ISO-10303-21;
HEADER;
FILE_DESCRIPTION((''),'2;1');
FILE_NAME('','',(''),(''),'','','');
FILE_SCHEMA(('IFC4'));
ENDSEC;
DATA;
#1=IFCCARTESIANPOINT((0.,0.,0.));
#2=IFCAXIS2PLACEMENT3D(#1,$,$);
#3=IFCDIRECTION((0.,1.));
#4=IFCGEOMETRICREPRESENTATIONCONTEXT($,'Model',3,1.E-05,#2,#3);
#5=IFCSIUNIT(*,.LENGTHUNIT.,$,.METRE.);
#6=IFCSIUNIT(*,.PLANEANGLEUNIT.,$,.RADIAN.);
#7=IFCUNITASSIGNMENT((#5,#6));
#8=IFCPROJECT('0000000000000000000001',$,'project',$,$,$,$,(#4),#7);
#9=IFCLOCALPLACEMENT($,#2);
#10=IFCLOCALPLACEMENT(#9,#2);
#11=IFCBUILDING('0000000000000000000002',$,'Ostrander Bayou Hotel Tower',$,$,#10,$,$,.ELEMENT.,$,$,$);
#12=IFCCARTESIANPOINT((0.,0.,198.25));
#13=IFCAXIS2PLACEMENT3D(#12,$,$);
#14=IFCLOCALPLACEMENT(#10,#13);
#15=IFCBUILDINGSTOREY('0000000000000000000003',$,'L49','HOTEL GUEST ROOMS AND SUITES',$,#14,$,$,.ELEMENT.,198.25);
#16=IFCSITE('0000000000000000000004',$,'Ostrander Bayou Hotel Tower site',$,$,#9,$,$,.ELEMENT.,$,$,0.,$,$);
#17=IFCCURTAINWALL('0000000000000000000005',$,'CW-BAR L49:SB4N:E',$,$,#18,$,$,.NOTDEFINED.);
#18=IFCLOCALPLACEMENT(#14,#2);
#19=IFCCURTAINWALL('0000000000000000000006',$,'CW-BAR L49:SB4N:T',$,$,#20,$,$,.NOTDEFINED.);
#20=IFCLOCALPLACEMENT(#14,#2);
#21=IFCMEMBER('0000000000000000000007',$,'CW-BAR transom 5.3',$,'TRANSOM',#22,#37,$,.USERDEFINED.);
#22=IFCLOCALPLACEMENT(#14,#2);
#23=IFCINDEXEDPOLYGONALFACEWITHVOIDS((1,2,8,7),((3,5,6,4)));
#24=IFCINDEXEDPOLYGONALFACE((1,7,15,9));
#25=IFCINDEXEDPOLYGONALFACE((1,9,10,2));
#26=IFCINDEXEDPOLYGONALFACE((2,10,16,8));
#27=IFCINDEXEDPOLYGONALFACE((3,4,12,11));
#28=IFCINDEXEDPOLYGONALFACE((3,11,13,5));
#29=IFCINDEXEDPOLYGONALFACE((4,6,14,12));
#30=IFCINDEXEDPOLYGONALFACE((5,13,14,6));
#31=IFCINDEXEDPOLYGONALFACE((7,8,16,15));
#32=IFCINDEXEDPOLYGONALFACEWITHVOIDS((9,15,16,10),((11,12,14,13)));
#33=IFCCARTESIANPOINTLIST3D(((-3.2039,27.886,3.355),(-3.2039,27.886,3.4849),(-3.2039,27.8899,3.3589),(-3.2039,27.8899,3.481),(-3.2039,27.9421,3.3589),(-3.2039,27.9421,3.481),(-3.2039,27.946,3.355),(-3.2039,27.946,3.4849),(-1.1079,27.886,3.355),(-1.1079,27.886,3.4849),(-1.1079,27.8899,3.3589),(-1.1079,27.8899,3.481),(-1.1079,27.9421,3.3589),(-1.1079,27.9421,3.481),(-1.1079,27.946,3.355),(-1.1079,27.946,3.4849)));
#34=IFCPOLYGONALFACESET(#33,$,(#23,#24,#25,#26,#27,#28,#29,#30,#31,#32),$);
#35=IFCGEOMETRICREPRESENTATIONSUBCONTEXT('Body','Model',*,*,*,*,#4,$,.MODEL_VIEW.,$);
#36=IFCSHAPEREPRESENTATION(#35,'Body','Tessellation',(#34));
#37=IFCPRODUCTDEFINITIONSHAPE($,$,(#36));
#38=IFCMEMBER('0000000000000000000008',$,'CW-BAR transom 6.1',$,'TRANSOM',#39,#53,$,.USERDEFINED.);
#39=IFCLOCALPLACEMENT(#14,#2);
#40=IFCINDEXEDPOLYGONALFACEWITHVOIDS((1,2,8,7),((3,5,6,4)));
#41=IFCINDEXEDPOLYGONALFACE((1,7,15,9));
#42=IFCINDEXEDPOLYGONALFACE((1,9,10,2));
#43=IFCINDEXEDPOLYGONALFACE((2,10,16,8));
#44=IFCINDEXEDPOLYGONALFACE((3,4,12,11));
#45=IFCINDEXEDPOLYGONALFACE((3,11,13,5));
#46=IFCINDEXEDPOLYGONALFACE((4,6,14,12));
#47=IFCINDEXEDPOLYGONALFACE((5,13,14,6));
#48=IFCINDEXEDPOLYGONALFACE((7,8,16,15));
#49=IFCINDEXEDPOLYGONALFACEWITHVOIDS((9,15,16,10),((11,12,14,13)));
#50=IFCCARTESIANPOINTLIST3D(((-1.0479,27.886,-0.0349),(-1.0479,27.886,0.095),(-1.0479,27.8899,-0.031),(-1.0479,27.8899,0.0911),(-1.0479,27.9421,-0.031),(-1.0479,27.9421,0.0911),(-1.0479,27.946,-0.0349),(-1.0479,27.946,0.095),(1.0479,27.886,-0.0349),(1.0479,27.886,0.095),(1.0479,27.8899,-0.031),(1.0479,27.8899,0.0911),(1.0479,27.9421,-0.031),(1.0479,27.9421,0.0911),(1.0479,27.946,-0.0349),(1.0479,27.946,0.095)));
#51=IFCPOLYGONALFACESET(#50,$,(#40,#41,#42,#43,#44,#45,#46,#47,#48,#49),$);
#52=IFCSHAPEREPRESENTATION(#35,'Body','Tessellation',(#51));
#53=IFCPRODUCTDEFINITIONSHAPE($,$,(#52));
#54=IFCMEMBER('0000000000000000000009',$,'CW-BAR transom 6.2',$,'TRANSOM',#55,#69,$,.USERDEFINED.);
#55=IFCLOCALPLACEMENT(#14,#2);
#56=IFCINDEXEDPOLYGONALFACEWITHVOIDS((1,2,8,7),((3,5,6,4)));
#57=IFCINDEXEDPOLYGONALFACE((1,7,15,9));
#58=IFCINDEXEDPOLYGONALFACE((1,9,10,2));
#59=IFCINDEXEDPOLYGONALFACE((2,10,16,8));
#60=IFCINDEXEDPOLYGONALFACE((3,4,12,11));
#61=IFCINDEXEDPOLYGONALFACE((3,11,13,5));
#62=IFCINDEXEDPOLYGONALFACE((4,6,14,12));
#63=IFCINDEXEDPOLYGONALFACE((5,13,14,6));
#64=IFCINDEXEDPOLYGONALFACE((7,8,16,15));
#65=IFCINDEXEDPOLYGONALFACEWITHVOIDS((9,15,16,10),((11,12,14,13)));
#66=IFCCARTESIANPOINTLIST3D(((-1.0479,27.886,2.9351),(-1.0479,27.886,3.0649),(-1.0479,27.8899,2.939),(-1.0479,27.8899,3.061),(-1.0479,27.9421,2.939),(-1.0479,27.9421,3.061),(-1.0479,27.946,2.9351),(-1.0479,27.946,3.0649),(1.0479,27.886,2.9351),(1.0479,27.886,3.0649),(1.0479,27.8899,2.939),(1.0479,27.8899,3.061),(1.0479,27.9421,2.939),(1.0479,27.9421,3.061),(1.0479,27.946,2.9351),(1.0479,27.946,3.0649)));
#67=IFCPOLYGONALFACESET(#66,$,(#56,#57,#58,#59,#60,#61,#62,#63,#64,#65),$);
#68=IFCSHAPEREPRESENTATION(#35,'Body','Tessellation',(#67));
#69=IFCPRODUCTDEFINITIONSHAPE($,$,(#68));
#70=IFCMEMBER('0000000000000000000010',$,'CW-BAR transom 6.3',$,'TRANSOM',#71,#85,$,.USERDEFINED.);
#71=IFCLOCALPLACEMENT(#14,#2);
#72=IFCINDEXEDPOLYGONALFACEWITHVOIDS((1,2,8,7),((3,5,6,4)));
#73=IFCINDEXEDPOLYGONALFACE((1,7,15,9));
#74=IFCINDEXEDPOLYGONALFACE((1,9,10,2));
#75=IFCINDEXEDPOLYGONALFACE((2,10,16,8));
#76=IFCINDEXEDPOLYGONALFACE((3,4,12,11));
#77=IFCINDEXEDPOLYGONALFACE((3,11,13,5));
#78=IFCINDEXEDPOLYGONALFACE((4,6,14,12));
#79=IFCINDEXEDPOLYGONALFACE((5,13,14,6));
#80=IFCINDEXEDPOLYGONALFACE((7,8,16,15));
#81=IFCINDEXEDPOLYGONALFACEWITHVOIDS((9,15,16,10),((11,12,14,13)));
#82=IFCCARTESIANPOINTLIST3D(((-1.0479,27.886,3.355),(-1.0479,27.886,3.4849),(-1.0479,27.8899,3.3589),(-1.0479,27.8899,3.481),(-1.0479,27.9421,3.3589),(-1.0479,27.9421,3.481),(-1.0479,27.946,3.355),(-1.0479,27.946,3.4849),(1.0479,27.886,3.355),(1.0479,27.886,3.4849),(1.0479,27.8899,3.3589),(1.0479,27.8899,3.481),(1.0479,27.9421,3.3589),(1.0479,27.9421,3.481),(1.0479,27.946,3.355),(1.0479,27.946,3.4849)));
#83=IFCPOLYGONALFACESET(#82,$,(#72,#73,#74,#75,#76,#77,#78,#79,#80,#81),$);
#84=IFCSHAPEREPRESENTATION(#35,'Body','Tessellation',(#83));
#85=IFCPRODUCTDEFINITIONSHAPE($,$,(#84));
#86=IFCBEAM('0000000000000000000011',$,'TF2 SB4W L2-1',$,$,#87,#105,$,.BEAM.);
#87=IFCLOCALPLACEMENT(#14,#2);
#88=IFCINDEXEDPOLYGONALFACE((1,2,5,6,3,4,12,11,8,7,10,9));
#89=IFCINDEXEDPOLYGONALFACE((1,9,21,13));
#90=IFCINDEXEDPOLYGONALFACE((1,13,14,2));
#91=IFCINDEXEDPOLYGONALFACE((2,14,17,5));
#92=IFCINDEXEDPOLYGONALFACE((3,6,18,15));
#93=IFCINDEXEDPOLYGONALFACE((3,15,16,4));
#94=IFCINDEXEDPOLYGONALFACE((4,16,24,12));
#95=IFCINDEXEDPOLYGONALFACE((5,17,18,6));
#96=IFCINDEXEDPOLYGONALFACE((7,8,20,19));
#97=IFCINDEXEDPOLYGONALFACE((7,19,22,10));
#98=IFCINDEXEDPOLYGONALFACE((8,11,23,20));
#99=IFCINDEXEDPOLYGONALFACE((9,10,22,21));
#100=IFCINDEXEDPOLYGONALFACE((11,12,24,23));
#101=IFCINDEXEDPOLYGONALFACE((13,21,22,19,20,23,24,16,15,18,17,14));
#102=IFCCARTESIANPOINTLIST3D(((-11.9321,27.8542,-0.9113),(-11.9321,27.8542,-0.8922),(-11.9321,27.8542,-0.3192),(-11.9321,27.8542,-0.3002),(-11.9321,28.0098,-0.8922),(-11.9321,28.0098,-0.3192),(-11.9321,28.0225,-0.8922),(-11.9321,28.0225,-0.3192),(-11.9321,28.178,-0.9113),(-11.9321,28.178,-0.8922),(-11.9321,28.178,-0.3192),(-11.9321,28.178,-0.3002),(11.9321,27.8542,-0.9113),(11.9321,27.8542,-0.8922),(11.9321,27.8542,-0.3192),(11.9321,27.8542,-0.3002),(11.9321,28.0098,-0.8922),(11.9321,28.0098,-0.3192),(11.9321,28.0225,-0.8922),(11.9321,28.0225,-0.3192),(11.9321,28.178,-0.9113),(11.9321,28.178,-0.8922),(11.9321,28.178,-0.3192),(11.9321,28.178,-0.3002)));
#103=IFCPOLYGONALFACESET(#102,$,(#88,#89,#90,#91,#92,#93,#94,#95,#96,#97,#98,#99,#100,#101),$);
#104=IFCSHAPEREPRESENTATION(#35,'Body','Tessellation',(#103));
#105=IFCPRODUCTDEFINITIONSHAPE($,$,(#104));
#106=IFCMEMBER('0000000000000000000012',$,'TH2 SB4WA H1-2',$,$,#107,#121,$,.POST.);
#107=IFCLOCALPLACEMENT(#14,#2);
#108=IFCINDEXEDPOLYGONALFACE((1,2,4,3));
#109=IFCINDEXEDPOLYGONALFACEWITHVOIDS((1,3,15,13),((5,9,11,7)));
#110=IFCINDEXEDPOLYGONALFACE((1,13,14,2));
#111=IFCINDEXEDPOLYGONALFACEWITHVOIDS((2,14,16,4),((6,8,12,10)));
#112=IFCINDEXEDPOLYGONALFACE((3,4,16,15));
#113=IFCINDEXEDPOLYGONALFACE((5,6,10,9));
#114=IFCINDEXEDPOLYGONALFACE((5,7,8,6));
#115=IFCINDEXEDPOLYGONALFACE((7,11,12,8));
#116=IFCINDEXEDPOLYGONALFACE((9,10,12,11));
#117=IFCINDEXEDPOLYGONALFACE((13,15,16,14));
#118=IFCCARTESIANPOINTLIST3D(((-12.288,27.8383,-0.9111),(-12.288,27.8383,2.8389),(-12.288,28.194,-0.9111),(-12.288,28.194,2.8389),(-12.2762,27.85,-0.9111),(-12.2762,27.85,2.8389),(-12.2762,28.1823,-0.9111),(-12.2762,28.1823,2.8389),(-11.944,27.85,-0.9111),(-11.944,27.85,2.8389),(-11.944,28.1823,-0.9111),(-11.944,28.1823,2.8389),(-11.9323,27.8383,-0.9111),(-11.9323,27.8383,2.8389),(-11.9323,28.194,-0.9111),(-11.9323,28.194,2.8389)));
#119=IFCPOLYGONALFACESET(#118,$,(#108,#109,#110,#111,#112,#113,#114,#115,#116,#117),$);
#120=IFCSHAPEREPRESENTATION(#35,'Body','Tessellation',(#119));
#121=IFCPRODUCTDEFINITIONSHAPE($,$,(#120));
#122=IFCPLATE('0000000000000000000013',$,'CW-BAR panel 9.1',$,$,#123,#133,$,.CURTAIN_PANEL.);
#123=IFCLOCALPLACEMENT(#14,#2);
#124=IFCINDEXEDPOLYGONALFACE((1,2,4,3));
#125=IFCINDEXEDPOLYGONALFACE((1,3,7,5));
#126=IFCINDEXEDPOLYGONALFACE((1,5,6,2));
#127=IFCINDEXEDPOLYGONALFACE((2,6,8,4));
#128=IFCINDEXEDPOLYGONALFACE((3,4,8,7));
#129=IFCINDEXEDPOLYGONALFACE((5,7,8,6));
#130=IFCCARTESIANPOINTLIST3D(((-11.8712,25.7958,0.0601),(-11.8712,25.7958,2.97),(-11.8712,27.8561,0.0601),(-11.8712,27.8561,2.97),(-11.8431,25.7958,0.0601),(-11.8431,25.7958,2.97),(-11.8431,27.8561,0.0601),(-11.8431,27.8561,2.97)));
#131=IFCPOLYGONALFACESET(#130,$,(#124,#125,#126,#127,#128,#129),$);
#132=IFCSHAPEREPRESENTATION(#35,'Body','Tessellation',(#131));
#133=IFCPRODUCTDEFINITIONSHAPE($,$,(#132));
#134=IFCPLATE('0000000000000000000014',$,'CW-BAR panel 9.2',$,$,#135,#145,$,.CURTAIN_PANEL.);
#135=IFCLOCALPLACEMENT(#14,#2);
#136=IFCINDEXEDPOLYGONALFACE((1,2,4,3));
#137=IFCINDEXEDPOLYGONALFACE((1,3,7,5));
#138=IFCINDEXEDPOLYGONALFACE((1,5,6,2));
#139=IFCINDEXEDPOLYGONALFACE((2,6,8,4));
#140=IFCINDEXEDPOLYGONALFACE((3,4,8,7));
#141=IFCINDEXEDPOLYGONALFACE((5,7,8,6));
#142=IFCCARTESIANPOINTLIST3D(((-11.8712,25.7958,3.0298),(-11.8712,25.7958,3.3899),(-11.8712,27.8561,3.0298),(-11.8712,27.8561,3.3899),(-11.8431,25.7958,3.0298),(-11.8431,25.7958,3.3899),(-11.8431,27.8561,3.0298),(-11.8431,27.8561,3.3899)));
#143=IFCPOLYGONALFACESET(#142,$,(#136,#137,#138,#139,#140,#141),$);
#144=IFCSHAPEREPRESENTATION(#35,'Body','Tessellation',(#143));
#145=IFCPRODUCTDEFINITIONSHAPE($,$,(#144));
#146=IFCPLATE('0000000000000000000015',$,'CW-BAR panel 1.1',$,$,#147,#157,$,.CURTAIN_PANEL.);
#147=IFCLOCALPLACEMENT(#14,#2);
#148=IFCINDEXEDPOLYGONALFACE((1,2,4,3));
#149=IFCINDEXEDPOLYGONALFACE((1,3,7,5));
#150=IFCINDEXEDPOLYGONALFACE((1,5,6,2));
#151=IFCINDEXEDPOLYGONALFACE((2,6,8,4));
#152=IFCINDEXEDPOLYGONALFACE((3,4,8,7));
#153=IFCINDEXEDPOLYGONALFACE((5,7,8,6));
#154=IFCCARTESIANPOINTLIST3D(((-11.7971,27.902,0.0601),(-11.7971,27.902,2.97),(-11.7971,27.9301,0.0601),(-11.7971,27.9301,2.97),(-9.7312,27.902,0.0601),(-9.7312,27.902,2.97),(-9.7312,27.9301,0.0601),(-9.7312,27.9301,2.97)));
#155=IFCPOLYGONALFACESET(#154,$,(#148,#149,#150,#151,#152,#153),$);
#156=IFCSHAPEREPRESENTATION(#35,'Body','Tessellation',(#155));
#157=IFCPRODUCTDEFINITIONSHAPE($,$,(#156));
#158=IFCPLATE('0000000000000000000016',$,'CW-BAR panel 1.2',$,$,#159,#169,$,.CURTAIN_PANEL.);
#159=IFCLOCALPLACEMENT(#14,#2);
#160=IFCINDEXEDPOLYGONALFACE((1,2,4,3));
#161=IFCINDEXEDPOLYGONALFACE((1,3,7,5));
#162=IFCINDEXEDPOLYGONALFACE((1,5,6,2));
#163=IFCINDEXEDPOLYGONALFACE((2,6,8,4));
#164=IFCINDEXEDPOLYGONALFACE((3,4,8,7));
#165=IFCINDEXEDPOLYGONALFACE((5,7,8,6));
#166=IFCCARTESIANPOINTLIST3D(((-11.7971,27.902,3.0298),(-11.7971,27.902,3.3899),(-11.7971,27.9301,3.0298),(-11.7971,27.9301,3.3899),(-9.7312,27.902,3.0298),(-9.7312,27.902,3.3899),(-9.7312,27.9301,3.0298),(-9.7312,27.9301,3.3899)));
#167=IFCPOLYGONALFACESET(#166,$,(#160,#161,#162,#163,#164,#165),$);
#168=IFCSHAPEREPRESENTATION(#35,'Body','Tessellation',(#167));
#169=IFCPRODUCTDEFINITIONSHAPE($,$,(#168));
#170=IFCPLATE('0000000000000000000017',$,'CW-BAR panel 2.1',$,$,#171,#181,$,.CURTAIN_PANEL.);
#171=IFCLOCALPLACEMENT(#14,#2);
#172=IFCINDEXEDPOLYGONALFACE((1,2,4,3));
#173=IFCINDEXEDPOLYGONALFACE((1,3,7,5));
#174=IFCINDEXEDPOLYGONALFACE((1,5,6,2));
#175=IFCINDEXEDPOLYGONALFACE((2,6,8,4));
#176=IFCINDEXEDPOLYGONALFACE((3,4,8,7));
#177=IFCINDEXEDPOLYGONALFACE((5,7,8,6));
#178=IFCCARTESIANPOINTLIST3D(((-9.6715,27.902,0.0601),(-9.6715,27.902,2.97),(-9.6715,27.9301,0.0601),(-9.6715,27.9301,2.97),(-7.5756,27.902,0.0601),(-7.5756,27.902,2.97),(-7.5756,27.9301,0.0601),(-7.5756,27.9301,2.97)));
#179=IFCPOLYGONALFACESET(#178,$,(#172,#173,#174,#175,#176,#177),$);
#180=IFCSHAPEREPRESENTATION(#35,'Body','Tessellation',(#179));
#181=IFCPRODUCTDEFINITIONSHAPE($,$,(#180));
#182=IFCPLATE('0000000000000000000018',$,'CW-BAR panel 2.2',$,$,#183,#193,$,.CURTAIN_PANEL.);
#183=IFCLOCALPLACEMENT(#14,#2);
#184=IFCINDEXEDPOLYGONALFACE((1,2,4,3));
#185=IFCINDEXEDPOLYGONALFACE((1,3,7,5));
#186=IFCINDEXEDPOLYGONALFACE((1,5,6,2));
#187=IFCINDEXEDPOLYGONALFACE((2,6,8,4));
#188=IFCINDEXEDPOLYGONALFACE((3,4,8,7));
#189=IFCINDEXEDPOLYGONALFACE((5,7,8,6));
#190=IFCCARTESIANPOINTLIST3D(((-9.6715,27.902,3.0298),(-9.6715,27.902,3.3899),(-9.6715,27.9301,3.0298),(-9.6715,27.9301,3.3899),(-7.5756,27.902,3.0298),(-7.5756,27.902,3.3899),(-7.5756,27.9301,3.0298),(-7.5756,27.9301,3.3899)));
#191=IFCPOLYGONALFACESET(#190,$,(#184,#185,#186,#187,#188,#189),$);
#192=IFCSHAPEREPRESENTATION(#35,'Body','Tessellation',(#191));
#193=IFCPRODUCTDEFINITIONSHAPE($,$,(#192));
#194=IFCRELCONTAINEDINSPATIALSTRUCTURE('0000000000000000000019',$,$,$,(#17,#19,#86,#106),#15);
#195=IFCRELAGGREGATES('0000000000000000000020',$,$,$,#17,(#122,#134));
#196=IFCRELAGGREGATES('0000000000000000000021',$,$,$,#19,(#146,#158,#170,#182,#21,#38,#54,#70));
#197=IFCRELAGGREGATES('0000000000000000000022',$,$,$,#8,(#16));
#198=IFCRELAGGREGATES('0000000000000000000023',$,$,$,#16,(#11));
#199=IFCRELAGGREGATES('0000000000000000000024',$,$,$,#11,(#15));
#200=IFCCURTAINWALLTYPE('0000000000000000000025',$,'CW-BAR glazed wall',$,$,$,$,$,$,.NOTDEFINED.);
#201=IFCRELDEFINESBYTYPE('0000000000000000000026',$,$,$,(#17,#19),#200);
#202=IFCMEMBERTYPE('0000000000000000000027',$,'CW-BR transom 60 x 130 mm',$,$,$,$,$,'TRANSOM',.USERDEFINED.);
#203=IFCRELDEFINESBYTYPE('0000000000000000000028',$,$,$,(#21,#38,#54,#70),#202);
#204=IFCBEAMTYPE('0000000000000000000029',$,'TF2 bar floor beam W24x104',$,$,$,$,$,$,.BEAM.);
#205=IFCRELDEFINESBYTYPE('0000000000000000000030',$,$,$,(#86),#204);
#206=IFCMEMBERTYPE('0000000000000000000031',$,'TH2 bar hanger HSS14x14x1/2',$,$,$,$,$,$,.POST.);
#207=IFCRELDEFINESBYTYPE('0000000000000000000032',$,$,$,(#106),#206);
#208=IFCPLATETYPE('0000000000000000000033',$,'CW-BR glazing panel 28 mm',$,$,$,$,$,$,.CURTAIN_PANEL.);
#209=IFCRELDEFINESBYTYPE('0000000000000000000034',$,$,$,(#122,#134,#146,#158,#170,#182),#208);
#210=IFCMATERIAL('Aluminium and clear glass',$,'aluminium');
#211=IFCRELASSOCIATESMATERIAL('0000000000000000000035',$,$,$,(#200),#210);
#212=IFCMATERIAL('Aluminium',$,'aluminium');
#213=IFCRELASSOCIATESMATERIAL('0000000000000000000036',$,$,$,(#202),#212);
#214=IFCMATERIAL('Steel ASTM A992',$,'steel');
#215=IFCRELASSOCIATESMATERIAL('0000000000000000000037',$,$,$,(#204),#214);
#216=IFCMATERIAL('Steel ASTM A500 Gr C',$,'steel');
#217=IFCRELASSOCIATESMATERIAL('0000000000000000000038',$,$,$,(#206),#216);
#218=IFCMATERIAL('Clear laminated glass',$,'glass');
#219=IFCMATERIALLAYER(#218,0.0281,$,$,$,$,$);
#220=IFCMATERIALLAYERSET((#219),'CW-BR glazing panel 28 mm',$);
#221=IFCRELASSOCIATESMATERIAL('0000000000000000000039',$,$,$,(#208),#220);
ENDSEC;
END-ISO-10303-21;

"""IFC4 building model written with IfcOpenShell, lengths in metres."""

from ifc_helpers import new_model, si_unit, direction, frame, origin, origin_2d, place, context, subcontext, project, spatial, rectangle, hollow_rectangle, i_section, extrude, material, layer, layer_set, material_profile, profile_set, type_object, element, aggregate, save


model = new_model("IFC4")

# Units and contexts
model_context = context("Model", 3, precision=1e-05, world=origin(), true_north=direction((0.0, 1.0)))
body_context = subcontext(model_context, "Body", "Model", "MODEL_VIEW")
ifc_project = project(units=[si_unit("LENGTHUNIT", "METRE"), si_unit("PLANEANGLEUNIT", "RADIAN")], contexts=[model_context])

# Site, building, storey
site_placement = place(None, origin())
site = spatial("IfcSite", under=ifc_project, at=site_placement, Name="Ostrander Bayou Hotel Tower site", CompositionType="ELEMENT", RefElevation=0.0)
building_placement = place(site_placement, origin())
building = spatial("IfcBuilding", under=site, at=building_placement, Name="Ostrander Bayou Hotel Tower", CompositionType="ELEMENT")
storey_placement = place(building_placement, frame((0.0, 0.0, 198.25)))
storey = spatial("IfcBuildingStorey", under=building, at=storey_placement, Name="L49", Description="HOTEL GUEST ROOMS AND SUITES", CompositionType="ELEMENT", Elevation=198.25)

# Curtain wall
ifc_material_1 = material(Name="Aluminium and clear glass", Category="aluminium")
curtain_wall_type = type_object("IfcCurtainWallType", Name="CW-BAR glazed wall", PredefinedType="NOTDEFINED", material=ifc_material_1)
curtain_wall_1_placement = place(storey_placement, origin())
curtain_wall_1 = element("IfcCurtainWall", 1, at=curtain_wall_1_placement, inside=storey, type_object=curtain_wall_type, Name="CW-BAR L49:SB4N:E", PredefinedType="NOTDEFINED")

# Curtain wall
curtain_wall_2_placement = place(storey_placement, origin())
curtain_wall_2 = element("IfcCurtainWall", 2, at=curtain_wall_2_placement, inside=storey, type_object=curtain_wall_type, Name="CW-BAR L49:SB4N:T", PredefinedType="NOTDEFINED")

# Members
ifc_material_2 = material(Name="Aluminium", Category="aluminium")
ifc_material_profile_1 = material_profile(ifc_material_2, hollow_rectangle(XDim=0.0601, YDim=0.1299, WallThickness=0.0039, at=origin_2d()))
ifc_profile_set_1 = profile_set([ifc_material_profile_1], Name="Aluminium")
member_type_1 = type_object("IfcMemberType", Name="CW-BR transom 60 x 130 mm", ElementType="TRANSOM", PredefinedType="USERDEFINED", material=ifc_profile_set_1)
member_1_placement = place(storey_placement, frame((-3.2039, 27.916, 3.4199), z_axis=(1.0, 0.0, 0.0), x_axis=(0.0, 1.0, 0.0)))
member_1 = element("IfcMember", 3, at=member_1_placement, type_object=member_type_1, Name="CW-BAR transom 5.3", ObjectType="TRANSOM", PredefinedType="USERDEFINED", context=body_context, shape_type="SweptSolid", body=[
    extrude(hollow_rectangle(XDim=0.0601, YDim=0.1299, WallThickness=0.0039, at=origin_2d()), origin(), (0.0, 0.0, 1.0), 2.0959),
])
member_2_placement = place(storey_placement, frame((-1.0479, 27.916, 0.03), z_axis=(1.0, 0.0, 0.0), x_axis=(0.0, 1.0, 0.0)))
member_2 = element("IfcMember", 4, at=member_2_placement, type_object=member_type_1, Name="CW-BAR transom 6.1", ObjectType="TRANSOM", PredefinedType="USERDEFINED", context=body_context, shape_type="SweptSolid", body=[
    extrude(hollow_rectangle(XDim=0.0601, YDim=0.1299, WallThickness=0.0039, at=origin_2d()), origin(), (0.0, 0.0, 1.0), 2.0957),
])
member_3_placement = place(storey_placement, frame((-1.0479, 27.916, 3.0), z_axis=(1.0, 0.0, 0.0), x_axis=(0.0, 1.0, 0.0)))
member_3 = element("IfcMember", 5, at=member_3_placement, type_object=member_type_1, Name="CW-BAR transom 6.2", ObjectType="TRANSOM", PredefinedType="USERDEFINED", context=body_context, shape_type="SweptSolid", body=[
    extrude(hollow_rectangle(XDim=0.0601, YDim=0.1299, WallThickness=0.0039, at=origin_2d()), origin(), (0.0, 0.0, 1.0), 2.0957),
])
member_4_placement = place(storey_placement, frame((-1.0479, 27.916, 3.4199), z_axis=(1.0, 0.0, 0.0), x_axis=(0.0, 1.0, 0.0)))
member_4 = element("IfcMember", 6, at=member_4_placement, type_object=member_type_1, Name="CW-BAR transom 6.3", ObjectType="TRANSOM", PredefinedType="USERDEFINED", context=body_context, shape_type="SweptSolid", body=[
    extrude(hollow_rectangle(XDim=0.0601, YDim=0.1299, WallThickness=0.0039, at=origin_2d()), origin(), (0.0, 0.0, 1.0), 2.0957),
])

# Beam
ifc_material_3 = material(Name="Steel ASTM A992", Category="steel")
ifc_material_profile_2 = material_profile(ifc_material_3, i_section(OverallWidth=0.3237, OverallDepth=0.6111, WebThickness=0.0127, FlangeThickness=0.019, at=origin_2d()))
ifc_profile_set_2 = profile_set([ifc_material_profile_2], Name="Steel ASTM A992")
beam_type = type_object("IfcBeamType", Name="TF2 bar floor beam W24x104", PredefinedType="BEAM", material=ifc_profile_set_2)
beam_placement = place(storey_placement, frame((-11.9321, 28.0161, -0.6057), z_axis=(1.0, 0.0, 0.0), x_axis=(0.0, 1.0, 0.0)))
element("IfcBeam", 7, at=beam_placement, inside=storey, type_object=beam_type, Name="TF2 SB4W L2-1", PredefinedType="BEAM", context=body_context, shape_type="SweptSolid", body=[
    extrude(i_section(OverallWidth=0.3237, OverallDepth=0.6111, WebThickness=0.0127, FlangeThickness=0.019, at=origin_2d()), origin(), (0.0, 0.0, 1.0), 23.8643),
])

# Member
ifc_material_4 = material(Name="Steel ASTM A500 Gr C", Category="steel")
ifc_material_profile_3 = material_profile(ifc_material_4, hollow_rectangle(XDim=0.3557, YDim=0.3557, WallThickness=0.0117, at=origin_2d()))
ifc_profile_set_3 = profile_set([ifc_material_profile_3], Name="Steel ASTM A500 Gr C")
member_type_2 = type_object("IfcMemberType", Name="TH2 bar hanger HSS14x14x1/2", PredefinedType="POST", material=ifc_profile_set_3)
member_5_placement = place(storey_placement, frame((-12.1101, 28.0161, -0.9111), z_axis=(0.0, 0.0, 1.0), x_axis=(1.0, 0.0, 0.0)))
element("IfcMember", 8, at=member_5_placement, inside=storey, type_object=member_type_2, Name="TH2 SB4WA H1-2", PredefinedType="POST", context=body_context, shape_type="SweptSolid", body=[
    extrude(hollow_rectangle(XDim=0.3557, YDim=0.3557, WallThickness=0.0117, at=origin_2d()), origin(), (0.0, 0.0, 1.0), 3.75),
])

# Plates
ifc_material_5 = material(Name="Clear laminated glass", Category="glass")
ifc_layer = layer(ifc_material_5, 0.0281)
ifc_layer_set = layer_set([ifc_layer], Name="CW-BR glazing panel 28 mm")
plate_type = type_object("IfcPlateType", Name="CW-BR glazing panel 28 mm", PredefinedType="CURTAIN_PANEL", material=ifc_layer_set)
plate_1_placement = place(storey_placement, frame((-11.8572, 26.8259, 0.0601), z_axis=(0.0, 0.0, 1.0), x_axis=(0.0, 1.0, 0.0)))
plate_1 = element("IfcPlate", 9, at=plate_1_placement, type_object=plate_type, Name="CW-BAR panel 9.1", PredefinedType="CURTAIN_PANEL", context=body_context, shape_type="SweptSolid", body=[
    extrude(rectangle(XDim=2.0603, YDim=0.0281, at=origin_2d()), origin(), (0.0, 0.0, 1.0), 2.9099),
])
plate_2_placement = place(storey_placement, frame((-11.8572, 26.8259, 3.0298), z_axis=(0.0, 0.0, 1.0), x_axis=(0.0, 1.0, 0.0)))
plate_2 = element("IfcPlate", 10, at=plate_2_placement, type_object=plate_type, Name="CW-BAR panel 9.2", PredefinedType="CURTAIN_PANEL", context=body_context, shape_type="SweptSolid", body=[
    extrude(rectangle(XDim=2.0603, YDim=0.0281, at=origin_2d()), origin(), (0.0, 0.0, 1.0), 0.3601),
])
aggregate(curtain_wall_1, [plate_1, plate_2])
plate_3_placement = place(storey_placement, frame((-10.7642, 27.916, 0.0601), z_axis=(0.0, 0.0, 1.0), x_axis=(1.0, 0.0, 0.0)))
plate_3 = element("IfcPlate", 11, at=plate_3_placement, type_object=plate_type, Name="CW-BAR panel 1.1", PredefinedType="CURTAIN_PANEL", context=body_context, shape_type="SweptSolid", body=[
    extrude(rectangle(XDim=2.0659, YDim=0.0281, at=origin_2d()), origin(), (0.0, 0.0, 1.0), 2.9099),
])
plate_4_placement = place(storey_placement, frame((-10.7642, 27.916, 3.0298), z_axis=(0.0, 0.0, 1.0), x_axis=(1.0, 0.0, 0.0)))
plate_4 = element("IfcPlate", 12, at=plate_4_placement, type_object=plate_type, Name="CW-BAR panel 1.2", PredefinedType="CURTAIN_PANEL", context=body_context, shape_type="SweptSolid", body=[
    extrude(rectangle(XDim=2.0659, YDim=0.0281, at=origin_2d()), origin(), (0.0, 0.0, 1.0), 0.3601),
])
plate_5_placement = place(storey_placement, frame((-8.6235, 27.916, 0.0601), z_axis=(0.0, 0.0, 1.0), x_axis=(1.0, 0.0, 0.0)))
plate_5 = element("IfcPlate", 13, at=plate_5_placement, type_object=plate_type, Name="CW-BAR panel 2.1", PredefinedType="CURTAIN_PANEL", context=body_context, shape_type="SweptSolid", body=[
    extrude(rectangle(XDim=2.0959, YDim=0.0281, at=origin_2d()), origin(), (0.0, 0.0, 1.0), 2.9099),
])
plate_6_placement = place(storey_placement, frame((-8.6235, 27.916, 3.0298), z_axis=(0.0, 0.0, 1.0), x_axis=(1.0, 0.0, 0.0)))
plate_6 = element("IfcPlate", 14, at=plate_6_placement, type_object=plate_type, Name="CW-BAR panel 2.2", PredefinedType="CURTAIN_PANEL", context=body_context, shape_type="SweptSolid", body=[
    extrude(rectangle(XDim=2.0959, YDim=0.0281, at=origin_2d()), origin(), (0.0, 0.0, 1.0), 0.3601),
])
aggregate(curtain_wall_2, [plate_3, plate_4, plate_5, plate_6, member_1, member_2, member_3, member_4])

save(model, "model.ifc")
